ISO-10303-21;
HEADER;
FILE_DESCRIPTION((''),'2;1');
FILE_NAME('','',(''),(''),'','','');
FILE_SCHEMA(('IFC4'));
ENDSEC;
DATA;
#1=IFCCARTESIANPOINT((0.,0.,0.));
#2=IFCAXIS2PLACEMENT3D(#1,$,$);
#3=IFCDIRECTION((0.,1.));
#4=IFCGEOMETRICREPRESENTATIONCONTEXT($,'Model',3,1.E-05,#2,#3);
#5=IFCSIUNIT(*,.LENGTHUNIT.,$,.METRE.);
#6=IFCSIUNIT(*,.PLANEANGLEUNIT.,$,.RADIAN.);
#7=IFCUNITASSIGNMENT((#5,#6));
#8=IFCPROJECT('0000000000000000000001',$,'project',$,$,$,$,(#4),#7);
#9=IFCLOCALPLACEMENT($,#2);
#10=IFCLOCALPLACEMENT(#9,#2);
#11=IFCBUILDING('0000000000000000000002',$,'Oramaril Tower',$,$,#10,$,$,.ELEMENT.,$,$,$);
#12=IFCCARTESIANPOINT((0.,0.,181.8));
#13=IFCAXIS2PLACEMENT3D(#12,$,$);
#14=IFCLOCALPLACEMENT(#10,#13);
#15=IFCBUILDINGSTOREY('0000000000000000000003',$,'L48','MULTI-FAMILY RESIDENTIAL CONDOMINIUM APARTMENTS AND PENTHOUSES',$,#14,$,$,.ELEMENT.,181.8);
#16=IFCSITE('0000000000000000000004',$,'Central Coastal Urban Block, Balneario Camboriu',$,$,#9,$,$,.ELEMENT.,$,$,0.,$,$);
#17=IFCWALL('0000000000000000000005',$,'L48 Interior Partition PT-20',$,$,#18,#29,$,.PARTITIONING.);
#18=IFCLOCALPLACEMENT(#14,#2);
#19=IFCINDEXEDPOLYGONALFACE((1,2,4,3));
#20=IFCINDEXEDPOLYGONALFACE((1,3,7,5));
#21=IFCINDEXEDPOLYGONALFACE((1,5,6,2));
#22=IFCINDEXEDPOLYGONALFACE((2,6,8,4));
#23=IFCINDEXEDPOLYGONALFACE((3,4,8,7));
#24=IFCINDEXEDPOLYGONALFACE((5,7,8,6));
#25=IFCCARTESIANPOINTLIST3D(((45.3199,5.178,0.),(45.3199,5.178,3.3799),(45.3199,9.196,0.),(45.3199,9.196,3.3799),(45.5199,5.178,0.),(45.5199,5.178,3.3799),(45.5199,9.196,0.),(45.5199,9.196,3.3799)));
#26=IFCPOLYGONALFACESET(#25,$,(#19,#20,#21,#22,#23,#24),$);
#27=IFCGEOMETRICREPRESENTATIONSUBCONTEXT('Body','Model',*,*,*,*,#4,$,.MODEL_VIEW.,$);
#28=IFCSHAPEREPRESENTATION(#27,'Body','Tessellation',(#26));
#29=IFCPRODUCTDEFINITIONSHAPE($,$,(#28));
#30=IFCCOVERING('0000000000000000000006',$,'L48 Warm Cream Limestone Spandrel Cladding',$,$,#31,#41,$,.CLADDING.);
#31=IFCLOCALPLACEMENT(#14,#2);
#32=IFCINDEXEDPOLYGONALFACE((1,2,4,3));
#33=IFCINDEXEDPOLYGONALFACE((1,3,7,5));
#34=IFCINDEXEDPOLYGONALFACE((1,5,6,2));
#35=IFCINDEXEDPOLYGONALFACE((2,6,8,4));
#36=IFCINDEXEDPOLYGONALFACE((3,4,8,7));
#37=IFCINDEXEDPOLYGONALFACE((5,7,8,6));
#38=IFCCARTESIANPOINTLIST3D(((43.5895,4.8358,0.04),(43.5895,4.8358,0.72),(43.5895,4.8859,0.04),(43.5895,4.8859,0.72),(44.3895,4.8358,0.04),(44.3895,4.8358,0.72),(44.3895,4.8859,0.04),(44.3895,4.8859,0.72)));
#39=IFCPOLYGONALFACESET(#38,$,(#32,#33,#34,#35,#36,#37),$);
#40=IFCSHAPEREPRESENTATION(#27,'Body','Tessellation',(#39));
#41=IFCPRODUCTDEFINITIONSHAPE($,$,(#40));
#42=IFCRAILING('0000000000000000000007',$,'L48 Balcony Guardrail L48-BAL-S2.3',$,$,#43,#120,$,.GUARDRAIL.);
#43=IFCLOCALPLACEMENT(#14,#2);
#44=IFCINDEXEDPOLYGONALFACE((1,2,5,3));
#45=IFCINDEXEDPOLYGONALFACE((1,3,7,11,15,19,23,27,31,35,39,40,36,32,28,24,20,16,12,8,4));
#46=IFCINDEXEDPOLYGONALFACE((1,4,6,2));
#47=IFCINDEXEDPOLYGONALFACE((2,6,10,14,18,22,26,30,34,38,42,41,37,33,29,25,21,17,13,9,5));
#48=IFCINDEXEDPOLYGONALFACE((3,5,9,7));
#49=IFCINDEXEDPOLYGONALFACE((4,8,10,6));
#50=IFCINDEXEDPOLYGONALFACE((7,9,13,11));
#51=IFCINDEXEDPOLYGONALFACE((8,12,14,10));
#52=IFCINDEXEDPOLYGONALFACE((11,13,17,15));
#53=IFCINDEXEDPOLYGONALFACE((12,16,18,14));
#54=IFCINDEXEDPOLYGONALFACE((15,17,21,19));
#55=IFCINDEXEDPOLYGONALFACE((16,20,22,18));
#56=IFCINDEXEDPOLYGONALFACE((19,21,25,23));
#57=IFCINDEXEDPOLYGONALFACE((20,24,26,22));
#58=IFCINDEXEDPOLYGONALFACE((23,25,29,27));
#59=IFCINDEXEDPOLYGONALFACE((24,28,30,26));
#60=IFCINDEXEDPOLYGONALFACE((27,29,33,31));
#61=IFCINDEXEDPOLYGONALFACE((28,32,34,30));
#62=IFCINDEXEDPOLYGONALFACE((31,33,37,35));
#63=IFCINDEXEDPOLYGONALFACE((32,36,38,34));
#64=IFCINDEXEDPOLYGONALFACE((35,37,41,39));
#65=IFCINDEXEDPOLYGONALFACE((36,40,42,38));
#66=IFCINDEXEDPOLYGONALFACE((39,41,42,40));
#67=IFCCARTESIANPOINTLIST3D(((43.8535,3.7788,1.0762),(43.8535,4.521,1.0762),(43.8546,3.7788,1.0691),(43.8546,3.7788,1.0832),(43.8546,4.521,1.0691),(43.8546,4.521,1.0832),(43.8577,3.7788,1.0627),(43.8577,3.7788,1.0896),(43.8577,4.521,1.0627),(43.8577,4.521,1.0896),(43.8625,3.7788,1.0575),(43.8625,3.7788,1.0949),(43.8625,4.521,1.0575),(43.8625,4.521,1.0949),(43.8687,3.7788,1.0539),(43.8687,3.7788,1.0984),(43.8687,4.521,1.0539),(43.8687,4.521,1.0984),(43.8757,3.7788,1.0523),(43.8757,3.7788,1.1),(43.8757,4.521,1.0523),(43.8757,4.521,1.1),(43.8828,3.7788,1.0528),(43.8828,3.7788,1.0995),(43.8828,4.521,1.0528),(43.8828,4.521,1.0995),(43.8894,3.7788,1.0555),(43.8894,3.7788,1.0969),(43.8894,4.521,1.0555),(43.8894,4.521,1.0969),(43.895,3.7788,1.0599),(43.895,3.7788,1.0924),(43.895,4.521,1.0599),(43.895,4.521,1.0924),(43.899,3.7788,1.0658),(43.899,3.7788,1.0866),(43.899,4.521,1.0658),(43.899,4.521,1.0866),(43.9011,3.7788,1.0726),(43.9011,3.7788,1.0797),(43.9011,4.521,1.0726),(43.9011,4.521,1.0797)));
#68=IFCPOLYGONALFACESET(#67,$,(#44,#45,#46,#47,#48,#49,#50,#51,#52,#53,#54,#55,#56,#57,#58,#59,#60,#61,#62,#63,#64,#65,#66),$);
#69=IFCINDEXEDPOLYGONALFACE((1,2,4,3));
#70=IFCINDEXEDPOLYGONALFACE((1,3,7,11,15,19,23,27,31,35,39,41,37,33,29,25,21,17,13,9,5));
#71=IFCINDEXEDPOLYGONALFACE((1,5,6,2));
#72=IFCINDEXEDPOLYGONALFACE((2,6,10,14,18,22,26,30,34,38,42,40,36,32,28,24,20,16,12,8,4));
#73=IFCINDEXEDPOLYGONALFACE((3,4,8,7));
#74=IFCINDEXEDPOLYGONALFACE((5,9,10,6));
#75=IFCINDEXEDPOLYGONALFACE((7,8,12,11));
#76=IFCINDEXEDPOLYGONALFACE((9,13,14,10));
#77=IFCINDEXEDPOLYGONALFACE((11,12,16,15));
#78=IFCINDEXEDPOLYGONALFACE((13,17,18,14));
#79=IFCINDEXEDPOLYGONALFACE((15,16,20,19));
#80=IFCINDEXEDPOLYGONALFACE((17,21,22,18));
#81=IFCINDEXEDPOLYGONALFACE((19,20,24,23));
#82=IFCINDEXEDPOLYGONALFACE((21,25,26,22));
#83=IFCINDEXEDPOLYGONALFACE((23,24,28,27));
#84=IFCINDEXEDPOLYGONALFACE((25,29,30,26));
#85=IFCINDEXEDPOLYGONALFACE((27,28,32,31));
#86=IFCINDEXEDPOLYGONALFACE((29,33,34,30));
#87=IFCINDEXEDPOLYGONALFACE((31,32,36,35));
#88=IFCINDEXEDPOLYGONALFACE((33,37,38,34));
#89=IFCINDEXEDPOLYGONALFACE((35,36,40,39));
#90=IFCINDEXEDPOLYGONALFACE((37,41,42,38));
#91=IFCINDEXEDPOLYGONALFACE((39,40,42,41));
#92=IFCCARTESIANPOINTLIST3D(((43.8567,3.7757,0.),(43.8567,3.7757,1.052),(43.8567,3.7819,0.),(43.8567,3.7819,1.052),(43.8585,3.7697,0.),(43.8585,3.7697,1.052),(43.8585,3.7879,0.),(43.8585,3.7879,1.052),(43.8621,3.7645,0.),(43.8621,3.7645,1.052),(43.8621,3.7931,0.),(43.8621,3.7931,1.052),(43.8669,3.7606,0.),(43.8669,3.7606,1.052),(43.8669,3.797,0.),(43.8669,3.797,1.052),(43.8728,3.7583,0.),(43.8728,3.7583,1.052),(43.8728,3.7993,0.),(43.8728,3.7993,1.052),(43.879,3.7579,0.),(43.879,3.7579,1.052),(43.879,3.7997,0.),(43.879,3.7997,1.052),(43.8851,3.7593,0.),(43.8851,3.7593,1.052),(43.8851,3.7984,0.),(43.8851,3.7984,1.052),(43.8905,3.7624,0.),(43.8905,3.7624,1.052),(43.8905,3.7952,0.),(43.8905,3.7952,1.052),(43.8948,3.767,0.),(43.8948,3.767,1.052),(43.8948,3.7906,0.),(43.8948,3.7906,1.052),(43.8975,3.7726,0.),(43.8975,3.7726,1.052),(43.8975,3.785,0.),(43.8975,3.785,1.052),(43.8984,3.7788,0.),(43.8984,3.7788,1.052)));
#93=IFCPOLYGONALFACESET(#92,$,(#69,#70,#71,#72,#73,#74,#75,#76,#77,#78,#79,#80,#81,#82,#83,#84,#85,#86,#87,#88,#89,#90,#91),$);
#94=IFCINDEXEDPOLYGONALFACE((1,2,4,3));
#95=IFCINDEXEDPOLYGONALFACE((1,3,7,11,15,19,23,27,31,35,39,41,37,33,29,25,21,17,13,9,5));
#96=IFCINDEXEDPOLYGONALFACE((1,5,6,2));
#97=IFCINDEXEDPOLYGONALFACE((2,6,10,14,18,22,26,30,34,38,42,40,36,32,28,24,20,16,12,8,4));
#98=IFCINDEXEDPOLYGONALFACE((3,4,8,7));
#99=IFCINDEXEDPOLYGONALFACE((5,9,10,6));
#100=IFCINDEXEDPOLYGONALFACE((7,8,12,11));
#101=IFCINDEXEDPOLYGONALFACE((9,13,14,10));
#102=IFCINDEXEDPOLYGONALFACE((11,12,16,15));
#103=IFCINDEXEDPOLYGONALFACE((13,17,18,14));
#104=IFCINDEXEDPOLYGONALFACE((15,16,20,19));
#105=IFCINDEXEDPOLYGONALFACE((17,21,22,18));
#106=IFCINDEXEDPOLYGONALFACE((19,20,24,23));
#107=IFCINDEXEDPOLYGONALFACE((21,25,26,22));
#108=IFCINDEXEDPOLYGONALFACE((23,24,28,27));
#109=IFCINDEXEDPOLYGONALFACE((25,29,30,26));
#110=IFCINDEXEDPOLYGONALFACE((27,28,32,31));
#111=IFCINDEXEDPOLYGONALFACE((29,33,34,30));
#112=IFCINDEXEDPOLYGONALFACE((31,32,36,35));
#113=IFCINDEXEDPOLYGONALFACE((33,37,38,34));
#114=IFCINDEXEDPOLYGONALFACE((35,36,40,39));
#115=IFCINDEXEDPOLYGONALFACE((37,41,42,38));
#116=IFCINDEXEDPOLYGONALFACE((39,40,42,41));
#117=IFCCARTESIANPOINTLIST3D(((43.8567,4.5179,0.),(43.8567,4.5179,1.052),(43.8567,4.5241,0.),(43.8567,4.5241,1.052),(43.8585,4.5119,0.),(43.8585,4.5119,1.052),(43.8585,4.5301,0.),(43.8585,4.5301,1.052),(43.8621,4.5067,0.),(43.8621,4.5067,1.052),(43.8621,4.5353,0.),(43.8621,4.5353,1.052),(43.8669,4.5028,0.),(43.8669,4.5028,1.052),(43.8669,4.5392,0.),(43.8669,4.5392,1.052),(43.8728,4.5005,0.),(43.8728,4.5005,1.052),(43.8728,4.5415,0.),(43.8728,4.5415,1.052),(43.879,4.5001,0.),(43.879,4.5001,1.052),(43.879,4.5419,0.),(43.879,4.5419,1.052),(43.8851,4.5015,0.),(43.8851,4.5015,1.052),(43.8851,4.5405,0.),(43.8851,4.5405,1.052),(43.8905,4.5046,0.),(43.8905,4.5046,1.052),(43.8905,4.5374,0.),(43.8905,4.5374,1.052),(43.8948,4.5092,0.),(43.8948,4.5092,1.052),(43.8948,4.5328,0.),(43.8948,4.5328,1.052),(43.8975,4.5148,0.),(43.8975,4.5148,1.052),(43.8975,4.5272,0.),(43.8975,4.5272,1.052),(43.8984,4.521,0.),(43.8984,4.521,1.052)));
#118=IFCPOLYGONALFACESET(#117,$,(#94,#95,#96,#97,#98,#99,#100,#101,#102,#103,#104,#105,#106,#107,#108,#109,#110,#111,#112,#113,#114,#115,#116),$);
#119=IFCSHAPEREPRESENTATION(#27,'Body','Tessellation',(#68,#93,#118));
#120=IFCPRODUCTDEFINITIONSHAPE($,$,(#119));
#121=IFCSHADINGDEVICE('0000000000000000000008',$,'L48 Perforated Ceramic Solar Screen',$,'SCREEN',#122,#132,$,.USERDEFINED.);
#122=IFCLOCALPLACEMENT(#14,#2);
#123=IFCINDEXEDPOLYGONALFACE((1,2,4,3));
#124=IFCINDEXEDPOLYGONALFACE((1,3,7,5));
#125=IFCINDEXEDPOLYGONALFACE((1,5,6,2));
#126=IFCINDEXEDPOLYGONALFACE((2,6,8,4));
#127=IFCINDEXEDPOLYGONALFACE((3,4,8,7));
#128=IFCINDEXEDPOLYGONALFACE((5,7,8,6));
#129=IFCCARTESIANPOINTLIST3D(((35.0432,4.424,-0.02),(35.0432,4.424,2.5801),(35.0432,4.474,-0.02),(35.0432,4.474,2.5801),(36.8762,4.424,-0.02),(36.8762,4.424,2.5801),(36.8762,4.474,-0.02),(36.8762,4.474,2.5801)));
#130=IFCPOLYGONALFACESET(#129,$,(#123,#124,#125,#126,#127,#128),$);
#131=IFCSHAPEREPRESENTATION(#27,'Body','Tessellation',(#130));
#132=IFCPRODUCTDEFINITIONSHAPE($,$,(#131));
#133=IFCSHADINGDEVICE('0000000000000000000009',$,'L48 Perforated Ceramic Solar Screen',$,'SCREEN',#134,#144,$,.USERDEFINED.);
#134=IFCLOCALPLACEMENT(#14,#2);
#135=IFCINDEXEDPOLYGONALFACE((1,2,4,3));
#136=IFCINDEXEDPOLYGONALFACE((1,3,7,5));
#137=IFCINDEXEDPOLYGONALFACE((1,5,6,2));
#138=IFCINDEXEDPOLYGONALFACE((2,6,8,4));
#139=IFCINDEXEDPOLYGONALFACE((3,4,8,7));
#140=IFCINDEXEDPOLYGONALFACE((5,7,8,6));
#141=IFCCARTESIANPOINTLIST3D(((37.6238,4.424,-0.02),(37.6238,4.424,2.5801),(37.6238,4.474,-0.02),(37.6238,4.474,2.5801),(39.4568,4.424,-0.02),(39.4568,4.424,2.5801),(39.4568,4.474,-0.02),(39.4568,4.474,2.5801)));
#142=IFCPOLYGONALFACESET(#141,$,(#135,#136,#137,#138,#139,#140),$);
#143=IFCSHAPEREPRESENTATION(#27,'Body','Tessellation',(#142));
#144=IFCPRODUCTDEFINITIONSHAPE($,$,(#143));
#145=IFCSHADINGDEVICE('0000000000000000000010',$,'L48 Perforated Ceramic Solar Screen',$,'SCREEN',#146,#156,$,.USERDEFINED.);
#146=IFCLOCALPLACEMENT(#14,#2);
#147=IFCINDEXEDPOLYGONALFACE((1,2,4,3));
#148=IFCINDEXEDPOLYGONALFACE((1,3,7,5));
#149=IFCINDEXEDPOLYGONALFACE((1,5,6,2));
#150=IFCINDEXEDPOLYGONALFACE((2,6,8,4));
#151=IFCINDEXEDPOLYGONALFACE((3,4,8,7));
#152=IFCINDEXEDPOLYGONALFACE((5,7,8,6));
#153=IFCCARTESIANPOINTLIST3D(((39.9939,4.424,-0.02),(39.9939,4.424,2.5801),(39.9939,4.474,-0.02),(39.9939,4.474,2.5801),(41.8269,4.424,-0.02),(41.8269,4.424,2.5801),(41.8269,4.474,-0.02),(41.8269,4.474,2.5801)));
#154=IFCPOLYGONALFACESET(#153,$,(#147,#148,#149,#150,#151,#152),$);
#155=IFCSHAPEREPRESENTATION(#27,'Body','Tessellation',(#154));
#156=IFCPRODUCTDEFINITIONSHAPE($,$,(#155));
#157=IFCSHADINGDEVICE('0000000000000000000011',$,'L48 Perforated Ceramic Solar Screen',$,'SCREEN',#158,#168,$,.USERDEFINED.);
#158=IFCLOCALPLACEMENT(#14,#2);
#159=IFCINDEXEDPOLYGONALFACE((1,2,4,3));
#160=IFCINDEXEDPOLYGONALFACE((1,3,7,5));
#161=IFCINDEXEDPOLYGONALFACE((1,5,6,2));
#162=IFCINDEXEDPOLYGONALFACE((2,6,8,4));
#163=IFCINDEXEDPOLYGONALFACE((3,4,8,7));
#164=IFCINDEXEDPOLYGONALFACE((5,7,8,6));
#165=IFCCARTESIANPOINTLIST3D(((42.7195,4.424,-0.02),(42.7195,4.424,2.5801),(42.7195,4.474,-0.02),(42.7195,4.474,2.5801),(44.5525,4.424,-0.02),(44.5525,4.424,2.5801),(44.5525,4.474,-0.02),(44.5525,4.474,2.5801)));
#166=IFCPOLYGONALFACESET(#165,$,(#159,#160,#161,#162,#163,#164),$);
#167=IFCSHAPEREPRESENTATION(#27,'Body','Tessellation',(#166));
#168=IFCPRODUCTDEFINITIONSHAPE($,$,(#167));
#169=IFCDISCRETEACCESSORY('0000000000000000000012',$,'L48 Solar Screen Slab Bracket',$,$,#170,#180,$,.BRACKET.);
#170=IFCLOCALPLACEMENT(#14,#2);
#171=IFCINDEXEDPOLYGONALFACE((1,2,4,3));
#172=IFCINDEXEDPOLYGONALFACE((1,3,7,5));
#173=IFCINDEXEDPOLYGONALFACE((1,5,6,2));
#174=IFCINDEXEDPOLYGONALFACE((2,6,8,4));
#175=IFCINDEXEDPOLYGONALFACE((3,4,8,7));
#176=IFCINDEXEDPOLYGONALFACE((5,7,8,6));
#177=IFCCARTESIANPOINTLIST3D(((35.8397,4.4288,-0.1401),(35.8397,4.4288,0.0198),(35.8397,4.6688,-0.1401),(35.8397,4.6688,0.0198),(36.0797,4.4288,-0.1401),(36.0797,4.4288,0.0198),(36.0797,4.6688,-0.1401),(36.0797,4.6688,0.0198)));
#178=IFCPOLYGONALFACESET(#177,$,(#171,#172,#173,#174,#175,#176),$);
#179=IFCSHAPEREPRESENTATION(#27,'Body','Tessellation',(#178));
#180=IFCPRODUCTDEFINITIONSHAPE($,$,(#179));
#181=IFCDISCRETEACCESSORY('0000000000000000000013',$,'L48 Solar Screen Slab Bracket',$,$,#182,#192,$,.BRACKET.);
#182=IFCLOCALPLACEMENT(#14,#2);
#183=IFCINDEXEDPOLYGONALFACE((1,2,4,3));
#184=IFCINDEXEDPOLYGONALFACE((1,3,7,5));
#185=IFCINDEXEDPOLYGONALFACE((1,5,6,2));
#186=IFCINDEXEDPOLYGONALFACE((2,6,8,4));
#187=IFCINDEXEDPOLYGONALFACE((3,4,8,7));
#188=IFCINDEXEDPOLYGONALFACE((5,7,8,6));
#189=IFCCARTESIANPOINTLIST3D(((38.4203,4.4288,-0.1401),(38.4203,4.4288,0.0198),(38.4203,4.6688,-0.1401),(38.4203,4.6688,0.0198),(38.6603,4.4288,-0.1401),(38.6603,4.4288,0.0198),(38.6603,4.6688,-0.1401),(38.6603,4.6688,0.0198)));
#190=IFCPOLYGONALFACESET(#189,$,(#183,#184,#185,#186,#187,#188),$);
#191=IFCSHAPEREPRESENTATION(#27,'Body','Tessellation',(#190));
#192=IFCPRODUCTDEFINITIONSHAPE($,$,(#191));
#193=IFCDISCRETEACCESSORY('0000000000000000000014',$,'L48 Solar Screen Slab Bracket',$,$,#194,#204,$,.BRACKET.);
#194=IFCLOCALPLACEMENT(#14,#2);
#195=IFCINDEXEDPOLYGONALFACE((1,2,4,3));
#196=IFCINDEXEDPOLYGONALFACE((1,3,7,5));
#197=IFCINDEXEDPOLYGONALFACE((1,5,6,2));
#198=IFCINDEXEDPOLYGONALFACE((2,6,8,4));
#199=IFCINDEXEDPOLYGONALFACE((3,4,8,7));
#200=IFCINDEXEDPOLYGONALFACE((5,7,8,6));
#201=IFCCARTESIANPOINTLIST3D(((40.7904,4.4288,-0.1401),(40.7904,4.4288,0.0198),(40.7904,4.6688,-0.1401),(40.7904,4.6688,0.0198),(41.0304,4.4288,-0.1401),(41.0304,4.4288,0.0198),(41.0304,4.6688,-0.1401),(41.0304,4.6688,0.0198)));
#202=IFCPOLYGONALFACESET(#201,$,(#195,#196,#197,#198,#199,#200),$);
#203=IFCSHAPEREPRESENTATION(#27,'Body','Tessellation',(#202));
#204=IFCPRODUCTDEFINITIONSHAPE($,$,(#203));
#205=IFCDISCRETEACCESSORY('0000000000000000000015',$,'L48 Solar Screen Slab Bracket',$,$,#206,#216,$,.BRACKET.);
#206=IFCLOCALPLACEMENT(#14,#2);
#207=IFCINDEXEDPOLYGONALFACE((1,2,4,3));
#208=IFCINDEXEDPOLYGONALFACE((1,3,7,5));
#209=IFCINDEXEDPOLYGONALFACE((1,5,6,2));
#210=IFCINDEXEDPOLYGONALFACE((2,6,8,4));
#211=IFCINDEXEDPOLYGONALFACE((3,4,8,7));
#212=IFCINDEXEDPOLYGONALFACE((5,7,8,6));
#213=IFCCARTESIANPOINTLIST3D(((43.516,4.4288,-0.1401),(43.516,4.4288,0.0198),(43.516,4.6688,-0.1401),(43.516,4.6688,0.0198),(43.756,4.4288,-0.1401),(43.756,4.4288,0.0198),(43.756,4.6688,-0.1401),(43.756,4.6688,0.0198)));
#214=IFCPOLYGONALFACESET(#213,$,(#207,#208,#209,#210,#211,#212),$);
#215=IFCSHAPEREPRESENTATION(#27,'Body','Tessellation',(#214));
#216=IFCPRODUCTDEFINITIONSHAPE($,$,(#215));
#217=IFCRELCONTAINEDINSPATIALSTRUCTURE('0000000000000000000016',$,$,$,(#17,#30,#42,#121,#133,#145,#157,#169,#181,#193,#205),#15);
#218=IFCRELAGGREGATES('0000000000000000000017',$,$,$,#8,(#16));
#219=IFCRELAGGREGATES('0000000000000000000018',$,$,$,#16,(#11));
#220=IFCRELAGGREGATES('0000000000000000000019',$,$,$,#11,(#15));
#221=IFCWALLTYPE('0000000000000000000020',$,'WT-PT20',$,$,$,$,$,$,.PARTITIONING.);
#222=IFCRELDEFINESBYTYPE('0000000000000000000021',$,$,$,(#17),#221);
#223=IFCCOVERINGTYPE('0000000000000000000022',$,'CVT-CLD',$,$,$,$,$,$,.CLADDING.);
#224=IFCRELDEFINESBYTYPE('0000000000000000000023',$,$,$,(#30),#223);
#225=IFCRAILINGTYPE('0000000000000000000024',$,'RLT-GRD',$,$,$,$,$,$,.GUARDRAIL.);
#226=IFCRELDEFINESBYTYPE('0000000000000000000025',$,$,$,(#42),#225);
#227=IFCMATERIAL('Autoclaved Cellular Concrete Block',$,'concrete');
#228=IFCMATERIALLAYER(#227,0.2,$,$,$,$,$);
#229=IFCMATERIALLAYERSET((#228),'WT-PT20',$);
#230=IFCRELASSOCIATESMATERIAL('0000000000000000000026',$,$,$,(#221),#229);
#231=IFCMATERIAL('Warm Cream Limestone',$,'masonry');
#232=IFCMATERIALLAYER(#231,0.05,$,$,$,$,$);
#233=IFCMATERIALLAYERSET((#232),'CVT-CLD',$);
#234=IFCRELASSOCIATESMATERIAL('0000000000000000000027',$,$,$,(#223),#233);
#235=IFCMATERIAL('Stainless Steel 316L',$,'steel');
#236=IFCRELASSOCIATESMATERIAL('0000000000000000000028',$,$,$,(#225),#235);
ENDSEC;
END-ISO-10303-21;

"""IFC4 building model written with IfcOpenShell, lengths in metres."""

from ifc_helpers import new_model, si_unit, direction, frame, frame_2d, origin, origin_2d, place, context, subcontext, project, spatial, rectangle, circle, extrude, material, layer, layer_set, type_object, element, save


model = new_model("IFC4")

# Units and contexts
model_context = context("Model", 3, precision=1e-05, world=origin(), true_north=direction((0.0, 1.0)))
body_context = subcontext(model_context, "Body", "Model", "MODEL_VIEW")
ifc_project = project(units=[si_unit("LENGTHUNIT", "METRE"), si_unit("PLANEANGLEUNIT", "RADIAN")], contexts=[model_context])

# Site, building, storey
site_placement = place(None, origin())
site = spatial("IfcSite", under=ifc_project, at=site_placement, Name="Central Coastal Urban Block, Balneario Camboriu", CompositionType="ELEMENT", RefElevation=0.0)
building_placement = place(site_placement, origin())
building = spatial("IfcBuilding", under=site, at=building_placement, Name="Oramaril Tower", CompositionType="ELEMENT")
storey_placement = place(building_placement, frame((0.0, 0.0, 181.8)))
storey = spatial("IfcBuildingStorey", under=building, at=storey_placement, Name="L48", Description="MULTI-FAMILY RESIDENTIAL CONDOMINIUM APARTMENTS AND PENTHOUSES", CompositionType="ELEMENT", Elevation=181.8)

# Wall
ifc_material_1 = material(Name="Autoclaved Cellular Concrete Block", Category="concrete")
ifc_layer_1 = layer(ifc_material_1, 0.2)
ifc_layer_set_1 = layer_set([ifc_layer_1], Name="WT-PT20")
wall_type_1 = type_object("IfcWallType", Name="WT-PT20", PredefinedType="PARTITIONING", material=ifc_layer_set_1)
for number, where, z_axis, x_axis, name in (
    (1, (45.4199, 5.178, 0.0), (0.0, 0.0, 1.0), (0.0, 1.0, 0.0), "L48 Interior Partition PT-20"),
):
    element("IfcWall", number, at=place(storey_placement, frame(where, z_axis=z_axis, x_axis=x_axis)), inside=storey, type_object=wall_type_1, Name=name, PredefinedType="PARTITIONING", context=body_context, shape_type="SweptSolid", body=[
        extrude(rectangle(XDim=4.0181, YDim=0.2, at=frame_2d((2.009, 0.0))), origin(), (0.0, 0.0, 1.0), 3.3799),
    ])

# Covering
ifc_material_2 = material(Name="Warm Cream Limestone", Category="masonry")
ifc_layer_2 = layer(ifc_material_2, 0.05)
ifc_layer_set_2 = layer_set([ifc_layer_2], Name="CVT-CLD")
covering_type = type_object("IfcCoveringType", Name="CVT-CLD", PredefinedType="CLADDING", material=ifc_layer_set_2)
covering_placement = place(storey_placement, frame((43.9895, 4.8608, 0.04), z_axis=(0.0, 0.0, 1.0), x_axis=(1.0, 0.0, 0.0)))
element("IfcCovering", 2, at=covering_placement, inside=storey, type_object=covering_type, Name="L48 Warm Cream Limestone Spandrel Cladding", PredefinedType="CLADDING", context=body_context, shape_type="SweptSolid", body=[
    extrude(rectangle(XDim=0.8, YDim=0.05, at=origin_2d()), origin(), (0.0, 0.0, 1.0), 0.6799),
])

# Railing
ifc_material_3 = material(Name="Stainless Steel 316L", Category="steel")
railing_type = type_object("IfcRailingType", Name="RLT-GRD", PredefinedType="GUARDRAIL", material=ifc_material_3)
railing_placement = place(storey_placement, frame((43.8774, 3.7788, 0.0)))
element("IfcRailing", 3, at=railing_placement, inside=storey, type_object=railing_type, Name="L48 Balcony Guardrail L48-BAL-S2.3", PredefinedType="GUARDRAIL", context=body_context, shape_type="SweptSolid", body=[
    extrude(circle(Radius=0.0239, at=origin_2d()), frame((0.0, 0.0, 1.0762), z_axis=(0.0, 1.0, 0.0), x_axis=(-1.0, 0.0, 0.0)), (0.0, 0.0, 1.0), 0.7422),
    extrude(circle(Radius=0.021, at=origin_2d()), origin(), (0.0, 0.0, 1.0), 1.052),
    extrude(circle(Radius=0.021, at=origin_2d()), frame((0.0, 0.7422, 0.0)), (0.0, 0.0, 1.0), 1.052),
])

# Shading devices
for number, where, z_axis, x_axis, name in (
    (4, (35.9597, 4.449, -0.02), (0.0, 0.0, 1.0), (1.0, 0.0, 0.0), "L48 Perforated Ceramic Solar Screen"),
    (5, (38.5403, 4.449, -0.02), (0.0, 0.0, 1.0), (1.0, 0.0, 0.0), "L48 Perforated Ceramic Solar Screen"),
    (6, (40.9104, 4.449, -0.02), (0.0, 0.0, 1.0), (1.0, 0.0, 0.0), "L48 Perforated Ceramic Solar Screen"),
    (7, (43.636, 4.449, -0.02), (0.0, 0.0, 1.0), (1.0, 0.0, 0.0), "L48 Perforated Ceramic Solar Screen"),
):
    element("IfcShadingDevice", number, at=place(storey_placement, frame(where, z_axis=z_axis, x_axis=x_axis)), inside=storey, Name=name, ObjectType="SCREEN", PredefinedType="USERDEFINED", context=body_context, shape_type="SweptSolid", body=[
        extrude(rectangle(XDim=1.833, YDim=0.05, at=origin_2d()), origin(), (0.0, 0.0, 1.0), 2.6001),
    ])

# Discrete accessories
for number, where, z_axis, x_axis, name in (
    (8, (35.9597, 4.5488, -0.1401), (0.0, 0.0, 1.0), (1.0, 0.0, 0.0), "L48 Solar Screen Slab Bracket"),
    (9, (38.5403, 4.5488, -0.1401), (0.0, 0.0, 1.0), (1.0, 0.0, 0.0), "L48 Solar Screen Slab Bracket"),
    (10, (40.9104, 4.5488, -0.1401), (0.0, 0.0, 1.0), (1.0, 0.0, 0.0), "L48 Solar Screen Slab Bracket"),
    (11, (43.636, 4.5488, -0.1401), (0.0, 0.0, 1.0), (1.0, 0.0, 0.0), "L48 Solar Screen Slab Bracket"),
):
    element("IfcDiscreteAccessory", number, at=place(storey_placement, frame(where, z_axis=z_axis, x_axis=x_axis)), inside=storey, Name=name, PredefinedType="BRACKET", context=body_context, shape_type="SweptSolid", body=[
        extrude(rectangle(XDim=0.24, YDim=0.24, at=origin_2d()), origin(), (0.0, 0.0, 1.0), 0.1599),
    ])

save(model, "model.ifc")
